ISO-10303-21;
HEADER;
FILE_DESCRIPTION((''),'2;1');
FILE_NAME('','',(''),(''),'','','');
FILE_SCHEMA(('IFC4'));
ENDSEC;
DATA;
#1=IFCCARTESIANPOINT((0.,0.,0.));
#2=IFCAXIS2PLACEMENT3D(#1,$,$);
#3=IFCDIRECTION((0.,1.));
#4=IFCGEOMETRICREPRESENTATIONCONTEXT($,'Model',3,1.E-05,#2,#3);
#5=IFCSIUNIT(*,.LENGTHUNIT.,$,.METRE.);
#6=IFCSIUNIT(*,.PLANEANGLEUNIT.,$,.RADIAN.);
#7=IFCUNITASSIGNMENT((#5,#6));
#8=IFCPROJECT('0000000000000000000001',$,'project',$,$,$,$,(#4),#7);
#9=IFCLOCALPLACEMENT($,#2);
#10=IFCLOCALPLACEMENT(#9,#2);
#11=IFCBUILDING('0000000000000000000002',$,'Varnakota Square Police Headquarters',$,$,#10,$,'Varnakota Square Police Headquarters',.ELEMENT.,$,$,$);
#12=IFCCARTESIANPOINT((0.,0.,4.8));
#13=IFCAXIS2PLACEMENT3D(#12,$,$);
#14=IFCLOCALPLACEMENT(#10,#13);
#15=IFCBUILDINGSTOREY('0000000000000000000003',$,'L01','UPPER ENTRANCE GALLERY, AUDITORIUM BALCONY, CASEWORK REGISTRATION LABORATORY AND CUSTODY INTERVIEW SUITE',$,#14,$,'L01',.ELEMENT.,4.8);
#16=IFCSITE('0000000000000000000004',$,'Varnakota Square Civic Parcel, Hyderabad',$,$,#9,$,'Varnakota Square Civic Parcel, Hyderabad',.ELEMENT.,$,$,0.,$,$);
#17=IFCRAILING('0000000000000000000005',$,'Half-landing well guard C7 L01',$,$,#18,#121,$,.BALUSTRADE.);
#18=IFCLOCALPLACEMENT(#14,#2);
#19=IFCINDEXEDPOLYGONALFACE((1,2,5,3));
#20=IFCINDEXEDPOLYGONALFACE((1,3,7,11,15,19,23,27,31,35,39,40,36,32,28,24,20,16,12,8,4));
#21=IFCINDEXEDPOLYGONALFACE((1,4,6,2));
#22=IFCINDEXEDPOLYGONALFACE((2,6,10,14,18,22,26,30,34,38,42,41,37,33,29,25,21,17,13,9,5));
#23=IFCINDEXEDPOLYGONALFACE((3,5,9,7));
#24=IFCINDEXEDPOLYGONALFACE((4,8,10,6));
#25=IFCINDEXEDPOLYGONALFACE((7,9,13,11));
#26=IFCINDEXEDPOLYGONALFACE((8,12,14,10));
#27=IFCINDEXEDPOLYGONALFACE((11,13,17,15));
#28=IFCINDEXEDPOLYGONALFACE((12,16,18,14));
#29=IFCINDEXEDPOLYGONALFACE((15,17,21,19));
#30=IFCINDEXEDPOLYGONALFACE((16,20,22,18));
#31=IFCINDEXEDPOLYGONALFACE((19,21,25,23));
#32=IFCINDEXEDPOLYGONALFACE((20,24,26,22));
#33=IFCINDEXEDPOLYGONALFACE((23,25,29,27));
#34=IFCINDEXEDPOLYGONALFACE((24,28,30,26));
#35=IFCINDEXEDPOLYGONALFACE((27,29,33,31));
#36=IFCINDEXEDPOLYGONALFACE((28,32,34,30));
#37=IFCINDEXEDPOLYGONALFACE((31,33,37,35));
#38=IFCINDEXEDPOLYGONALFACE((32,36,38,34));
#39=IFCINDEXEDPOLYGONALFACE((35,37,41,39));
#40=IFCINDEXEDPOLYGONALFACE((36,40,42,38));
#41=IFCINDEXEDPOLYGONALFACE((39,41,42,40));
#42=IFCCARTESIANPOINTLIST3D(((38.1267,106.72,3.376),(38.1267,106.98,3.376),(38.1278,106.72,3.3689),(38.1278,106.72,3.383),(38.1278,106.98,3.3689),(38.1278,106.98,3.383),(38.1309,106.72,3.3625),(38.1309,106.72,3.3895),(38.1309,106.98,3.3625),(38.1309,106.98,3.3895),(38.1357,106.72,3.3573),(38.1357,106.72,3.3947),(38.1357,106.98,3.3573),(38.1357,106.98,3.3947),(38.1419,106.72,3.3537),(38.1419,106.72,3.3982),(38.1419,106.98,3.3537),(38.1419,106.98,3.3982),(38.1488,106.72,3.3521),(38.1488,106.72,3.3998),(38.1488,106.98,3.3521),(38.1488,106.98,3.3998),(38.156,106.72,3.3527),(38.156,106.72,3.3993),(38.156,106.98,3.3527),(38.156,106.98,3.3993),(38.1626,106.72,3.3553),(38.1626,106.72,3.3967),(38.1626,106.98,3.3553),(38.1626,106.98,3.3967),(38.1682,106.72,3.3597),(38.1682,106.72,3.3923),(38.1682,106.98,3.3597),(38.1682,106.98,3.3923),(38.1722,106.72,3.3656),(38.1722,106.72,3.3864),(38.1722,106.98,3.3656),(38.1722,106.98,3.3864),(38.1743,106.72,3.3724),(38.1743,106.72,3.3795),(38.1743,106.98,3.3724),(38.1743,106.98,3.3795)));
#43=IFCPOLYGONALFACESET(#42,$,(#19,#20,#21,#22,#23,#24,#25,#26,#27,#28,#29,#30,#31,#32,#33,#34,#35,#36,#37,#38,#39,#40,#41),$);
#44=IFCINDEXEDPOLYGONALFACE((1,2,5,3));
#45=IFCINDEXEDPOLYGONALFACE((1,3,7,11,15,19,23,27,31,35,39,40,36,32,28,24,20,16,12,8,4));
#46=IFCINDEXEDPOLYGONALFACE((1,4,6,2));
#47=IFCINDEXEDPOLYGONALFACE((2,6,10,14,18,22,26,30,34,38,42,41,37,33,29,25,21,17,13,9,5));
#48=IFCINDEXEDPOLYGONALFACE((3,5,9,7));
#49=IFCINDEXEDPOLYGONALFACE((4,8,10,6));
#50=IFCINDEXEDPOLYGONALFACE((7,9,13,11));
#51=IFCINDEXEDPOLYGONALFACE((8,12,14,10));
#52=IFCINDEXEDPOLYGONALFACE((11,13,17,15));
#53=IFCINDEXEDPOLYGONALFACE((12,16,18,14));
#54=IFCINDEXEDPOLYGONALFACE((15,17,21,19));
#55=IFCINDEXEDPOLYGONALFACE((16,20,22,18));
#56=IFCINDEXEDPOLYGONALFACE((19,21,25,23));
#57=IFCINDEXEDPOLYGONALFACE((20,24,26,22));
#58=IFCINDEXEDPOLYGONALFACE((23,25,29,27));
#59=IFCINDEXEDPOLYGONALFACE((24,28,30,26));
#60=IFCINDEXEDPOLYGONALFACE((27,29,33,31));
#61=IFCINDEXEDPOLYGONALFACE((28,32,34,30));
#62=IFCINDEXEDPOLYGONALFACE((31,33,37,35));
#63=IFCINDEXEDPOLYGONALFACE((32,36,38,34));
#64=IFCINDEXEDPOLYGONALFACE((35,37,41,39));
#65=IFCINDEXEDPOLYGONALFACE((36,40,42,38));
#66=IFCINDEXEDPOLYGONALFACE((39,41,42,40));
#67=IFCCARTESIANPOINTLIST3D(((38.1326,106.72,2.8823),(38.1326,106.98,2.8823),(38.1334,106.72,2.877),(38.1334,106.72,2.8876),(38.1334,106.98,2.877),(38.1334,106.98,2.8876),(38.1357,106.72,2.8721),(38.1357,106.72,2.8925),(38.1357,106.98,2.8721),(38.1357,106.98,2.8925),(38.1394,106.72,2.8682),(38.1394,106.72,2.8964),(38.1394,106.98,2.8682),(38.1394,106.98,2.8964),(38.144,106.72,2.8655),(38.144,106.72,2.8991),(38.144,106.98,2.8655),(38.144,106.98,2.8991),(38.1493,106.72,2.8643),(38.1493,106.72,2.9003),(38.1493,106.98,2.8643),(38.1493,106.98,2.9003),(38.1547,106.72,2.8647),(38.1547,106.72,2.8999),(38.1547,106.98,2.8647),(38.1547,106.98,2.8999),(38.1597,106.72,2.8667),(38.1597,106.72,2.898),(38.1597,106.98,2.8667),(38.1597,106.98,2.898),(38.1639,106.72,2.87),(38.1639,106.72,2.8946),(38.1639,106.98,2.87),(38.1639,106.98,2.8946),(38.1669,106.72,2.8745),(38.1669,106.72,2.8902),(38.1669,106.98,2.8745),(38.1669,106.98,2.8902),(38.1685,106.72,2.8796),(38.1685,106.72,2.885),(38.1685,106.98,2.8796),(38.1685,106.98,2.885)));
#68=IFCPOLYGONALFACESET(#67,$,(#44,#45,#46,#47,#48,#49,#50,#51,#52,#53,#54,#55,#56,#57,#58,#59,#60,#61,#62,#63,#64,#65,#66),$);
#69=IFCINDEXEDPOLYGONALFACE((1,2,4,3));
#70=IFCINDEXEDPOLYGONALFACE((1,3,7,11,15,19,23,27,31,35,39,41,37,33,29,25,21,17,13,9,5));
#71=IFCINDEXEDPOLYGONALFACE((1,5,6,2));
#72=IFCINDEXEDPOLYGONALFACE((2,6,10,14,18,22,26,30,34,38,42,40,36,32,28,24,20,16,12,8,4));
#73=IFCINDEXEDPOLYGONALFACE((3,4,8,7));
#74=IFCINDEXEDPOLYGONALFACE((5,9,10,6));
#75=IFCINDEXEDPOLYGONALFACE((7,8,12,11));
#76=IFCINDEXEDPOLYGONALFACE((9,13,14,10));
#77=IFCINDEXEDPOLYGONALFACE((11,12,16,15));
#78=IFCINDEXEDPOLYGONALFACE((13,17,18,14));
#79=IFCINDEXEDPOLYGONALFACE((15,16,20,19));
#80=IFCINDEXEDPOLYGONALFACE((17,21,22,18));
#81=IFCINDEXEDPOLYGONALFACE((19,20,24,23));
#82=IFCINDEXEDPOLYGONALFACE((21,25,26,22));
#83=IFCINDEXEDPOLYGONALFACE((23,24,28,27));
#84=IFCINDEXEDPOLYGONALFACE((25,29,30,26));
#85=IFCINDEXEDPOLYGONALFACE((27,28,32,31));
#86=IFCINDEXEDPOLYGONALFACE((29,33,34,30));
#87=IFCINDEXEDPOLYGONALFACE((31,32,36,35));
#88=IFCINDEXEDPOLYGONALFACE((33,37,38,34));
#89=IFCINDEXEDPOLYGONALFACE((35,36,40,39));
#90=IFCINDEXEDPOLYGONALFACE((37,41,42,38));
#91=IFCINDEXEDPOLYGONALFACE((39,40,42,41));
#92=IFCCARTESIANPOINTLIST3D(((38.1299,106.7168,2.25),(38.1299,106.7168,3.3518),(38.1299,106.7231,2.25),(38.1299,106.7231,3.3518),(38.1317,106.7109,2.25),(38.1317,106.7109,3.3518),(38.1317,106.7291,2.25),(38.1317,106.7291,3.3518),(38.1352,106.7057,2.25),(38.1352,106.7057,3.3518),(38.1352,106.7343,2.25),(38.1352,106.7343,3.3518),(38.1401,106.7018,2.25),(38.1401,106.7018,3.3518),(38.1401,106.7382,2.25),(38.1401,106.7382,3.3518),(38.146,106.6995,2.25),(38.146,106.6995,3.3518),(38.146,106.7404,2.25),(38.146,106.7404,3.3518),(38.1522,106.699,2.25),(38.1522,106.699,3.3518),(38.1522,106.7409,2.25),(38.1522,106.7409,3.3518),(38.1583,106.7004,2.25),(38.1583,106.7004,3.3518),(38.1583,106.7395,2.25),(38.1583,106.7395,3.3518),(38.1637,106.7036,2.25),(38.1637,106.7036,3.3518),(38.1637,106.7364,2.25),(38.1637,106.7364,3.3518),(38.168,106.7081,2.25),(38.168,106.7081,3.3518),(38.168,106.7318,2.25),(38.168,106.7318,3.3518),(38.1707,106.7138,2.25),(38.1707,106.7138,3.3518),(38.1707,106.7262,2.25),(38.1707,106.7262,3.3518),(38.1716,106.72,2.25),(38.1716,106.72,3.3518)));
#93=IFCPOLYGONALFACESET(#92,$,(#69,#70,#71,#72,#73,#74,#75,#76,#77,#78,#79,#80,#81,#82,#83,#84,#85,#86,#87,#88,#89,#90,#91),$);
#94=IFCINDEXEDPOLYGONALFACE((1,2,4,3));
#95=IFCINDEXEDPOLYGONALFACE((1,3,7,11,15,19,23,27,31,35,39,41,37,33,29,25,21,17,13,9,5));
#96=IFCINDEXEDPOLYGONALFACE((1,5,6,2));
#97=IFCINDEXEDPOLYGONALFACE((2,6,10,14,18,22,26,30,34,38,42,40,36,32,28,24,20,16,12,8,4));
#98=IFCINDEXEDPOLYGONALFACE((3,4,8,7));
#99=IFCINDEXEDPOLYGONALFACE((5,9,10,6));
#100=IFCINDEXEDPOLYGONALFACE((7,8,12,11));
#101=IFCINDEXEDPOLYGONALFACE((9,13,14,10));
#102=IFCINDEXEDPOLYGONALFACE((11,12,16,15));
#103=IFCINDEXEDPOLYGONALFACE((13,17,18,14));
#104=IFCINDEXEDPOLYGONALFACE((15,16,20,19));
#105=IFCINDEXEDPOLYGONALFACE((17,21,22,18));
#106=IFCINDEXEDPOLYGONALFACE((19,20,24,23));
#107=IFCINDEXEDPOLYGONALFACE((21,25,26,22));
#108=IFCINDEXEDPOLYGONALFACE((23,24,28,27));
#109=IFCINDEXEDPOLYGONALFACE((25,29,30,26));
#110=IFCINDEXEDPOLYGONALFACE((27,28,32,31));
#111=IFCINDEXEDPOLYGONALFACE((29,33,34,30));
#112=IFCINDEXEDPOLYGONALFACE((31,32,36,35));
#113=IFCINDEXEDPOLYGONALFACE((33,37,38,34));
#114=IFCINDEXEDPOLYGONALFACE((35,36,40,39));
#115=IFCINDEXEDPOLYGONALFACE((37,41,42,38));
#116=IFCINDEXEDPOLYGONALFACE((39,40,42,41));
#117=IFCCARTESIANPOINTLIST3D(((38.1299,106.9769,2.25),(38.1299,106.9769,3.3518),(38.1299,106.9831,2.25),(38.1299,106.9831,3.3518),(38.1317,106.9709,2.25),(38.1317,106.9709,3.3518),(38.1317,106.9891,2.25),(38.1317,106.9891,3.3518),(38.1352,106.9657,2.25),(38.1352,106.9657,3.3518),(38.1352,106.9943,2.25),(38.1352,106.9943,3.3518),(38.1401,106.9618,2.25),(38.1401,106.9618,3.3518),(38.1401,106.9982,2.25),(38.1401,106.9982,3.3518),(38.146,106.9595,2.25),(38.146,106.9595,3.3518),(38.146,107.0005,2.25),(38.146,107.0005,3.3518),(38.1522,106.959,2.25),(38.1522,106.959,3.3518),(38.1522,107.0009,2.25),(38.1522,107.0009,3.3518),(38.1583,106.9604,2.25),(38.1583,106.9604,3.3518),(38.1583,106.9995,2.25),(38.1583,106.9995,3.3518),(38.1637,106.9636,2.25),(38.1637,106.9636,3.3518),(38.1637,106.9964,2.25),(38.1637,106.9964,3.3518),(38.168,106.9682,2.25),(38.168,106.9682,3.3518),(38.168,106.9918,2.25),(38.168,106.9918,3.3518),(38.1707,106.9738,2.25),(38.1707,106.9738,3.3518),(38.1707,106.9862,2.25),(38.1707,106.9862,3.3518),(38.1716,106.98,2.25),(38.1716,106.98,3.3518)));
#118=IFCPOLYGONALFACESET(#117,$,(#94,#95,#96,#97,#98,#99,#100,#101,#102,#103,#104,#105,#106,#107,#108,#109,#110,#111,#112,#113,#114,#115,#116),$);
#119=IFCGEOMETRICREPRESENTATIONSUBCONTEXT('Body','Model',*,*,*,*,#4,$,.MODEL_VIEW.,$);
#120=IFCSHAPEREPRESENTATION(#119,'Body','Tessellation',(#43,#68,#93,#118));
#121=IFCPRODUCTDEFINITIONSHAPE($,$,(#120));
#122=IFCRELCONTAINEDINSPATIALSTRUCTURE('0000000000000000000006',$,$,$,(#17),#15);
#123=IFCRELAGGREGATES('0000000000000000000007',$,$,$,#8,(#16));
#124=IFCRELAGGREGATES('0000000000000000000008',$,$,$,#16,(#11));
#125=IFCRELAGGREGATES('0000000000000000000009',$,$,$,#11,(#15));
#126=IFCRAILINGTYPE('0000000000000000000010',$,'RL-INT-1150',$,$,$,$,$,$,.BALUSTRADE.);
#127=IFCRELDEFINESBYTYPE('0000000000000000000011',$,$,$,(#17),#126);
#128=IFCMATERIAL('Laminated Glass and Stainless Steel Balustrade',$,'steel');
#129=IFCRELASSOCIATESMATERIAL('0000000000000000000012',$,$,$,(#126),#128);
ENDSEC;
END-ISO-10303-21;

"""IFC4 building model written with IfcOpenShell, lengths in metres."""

from ifc_helpers import new_model, si_unit, direction, frame, origin, origin_2d, place, context, subcontext, project, spatial, circle, extrude, material, type_object, element, save


model = new_model("IFC4")

# Units and contexts
model_context = context("Model", 3, precision=1e-05, world=origin(), true_north=direction((0.0, 1.0)))
body_context = subcontext(model_context, "Body", "Model", "MODEL_VIEW")
ifc_project = project(units=[si_unit("LENGTHUNIT", "METRE"), si_unit("PLANEANGLEUNIT", "RADIAN")], contexts=[model_context])

# Site, building, storey
site_placement = place(None, origin())
site = spatial("IfcSite", under=ifc_project, at=site_placement, Name="Varnakota Square Civic Parcel, Hyderabad", LongName="Varnakota Square Civic Parcel, Hyderabad", CompositionType="ELEMENT", RefElevation=0.0)
building_placement = place(site_placement, origin())
building = spatial("IfcBuilding", under=site, at=building_placement, Name="Varnakota Square Police Headquarters", LongName="Varnakota Square Police Headquarters", CompositionType="ELEMENT")
storey_placement = place(building_placement, frame((0.0, 0.0, 4.8)))
storey = spatial("IfcBuildingStorey", under=building, at=storey_placement, Name="L01", Description="UPPER ENTRANCE GALLERY, AUDITORIUM BALCONY, CASEWORK REGISTRATION LABORATORY AND CUSTODY INTERVIEW SUITE", LongName="L01", CompositionType="ELEMENT", Elevation=4.8)

# Railing
ifc_material_1 = material(Name="Laminated Glass and Stainless Steel Balustrade", Category="steel")
railing_type_1 = type_object("IfcRailingType", Name="RL-INT-1150", PredefinedType="BALUSTRADE", material=ifc_material_1)
railing_1_placement = place(storey_placement, frame((38.1506, 106.72, 2.25)))
element("IfcRailing", 1, at=railing_1_placement, inside=storey, type_object=railing_type_1, Name="Half-landing well guard C7 L01", PredefinedType="BALUSTRADE", context=body_context, shape_type="SweptSolid", body=[
    extrude(circle(Radius=0.0239, at=origin_2d()), frame((0.0, 0.0, 1.126), z_axis=(0.0, 1.0, 0.0), x_axis=(-1.0, 0.0, 0.0)), (0.0, 0.0, 1.0), 0.26),
    extrude(circle(Radius=0.0181, at=origin_2d()), frame((0.0, 0.0, 0.6323), z_axis=(0.0, 1.0, 0.0), x_axis=(-1.0, 0.0, 0.0)), (0.0, 0.0, 1.0), 0.26),
    extrude(circle(Radius=0.021, at=origin_2d()), origin(), (0.0, 0.0, 1.0), 1.1018),
    extrude(circle(Radius=0.021, at=origin_2d()), frame((0.0, 0.26, 0.0)), (0.0, 0.0, 1.0), 1.1018),
])

save(model, "model.ifc")
